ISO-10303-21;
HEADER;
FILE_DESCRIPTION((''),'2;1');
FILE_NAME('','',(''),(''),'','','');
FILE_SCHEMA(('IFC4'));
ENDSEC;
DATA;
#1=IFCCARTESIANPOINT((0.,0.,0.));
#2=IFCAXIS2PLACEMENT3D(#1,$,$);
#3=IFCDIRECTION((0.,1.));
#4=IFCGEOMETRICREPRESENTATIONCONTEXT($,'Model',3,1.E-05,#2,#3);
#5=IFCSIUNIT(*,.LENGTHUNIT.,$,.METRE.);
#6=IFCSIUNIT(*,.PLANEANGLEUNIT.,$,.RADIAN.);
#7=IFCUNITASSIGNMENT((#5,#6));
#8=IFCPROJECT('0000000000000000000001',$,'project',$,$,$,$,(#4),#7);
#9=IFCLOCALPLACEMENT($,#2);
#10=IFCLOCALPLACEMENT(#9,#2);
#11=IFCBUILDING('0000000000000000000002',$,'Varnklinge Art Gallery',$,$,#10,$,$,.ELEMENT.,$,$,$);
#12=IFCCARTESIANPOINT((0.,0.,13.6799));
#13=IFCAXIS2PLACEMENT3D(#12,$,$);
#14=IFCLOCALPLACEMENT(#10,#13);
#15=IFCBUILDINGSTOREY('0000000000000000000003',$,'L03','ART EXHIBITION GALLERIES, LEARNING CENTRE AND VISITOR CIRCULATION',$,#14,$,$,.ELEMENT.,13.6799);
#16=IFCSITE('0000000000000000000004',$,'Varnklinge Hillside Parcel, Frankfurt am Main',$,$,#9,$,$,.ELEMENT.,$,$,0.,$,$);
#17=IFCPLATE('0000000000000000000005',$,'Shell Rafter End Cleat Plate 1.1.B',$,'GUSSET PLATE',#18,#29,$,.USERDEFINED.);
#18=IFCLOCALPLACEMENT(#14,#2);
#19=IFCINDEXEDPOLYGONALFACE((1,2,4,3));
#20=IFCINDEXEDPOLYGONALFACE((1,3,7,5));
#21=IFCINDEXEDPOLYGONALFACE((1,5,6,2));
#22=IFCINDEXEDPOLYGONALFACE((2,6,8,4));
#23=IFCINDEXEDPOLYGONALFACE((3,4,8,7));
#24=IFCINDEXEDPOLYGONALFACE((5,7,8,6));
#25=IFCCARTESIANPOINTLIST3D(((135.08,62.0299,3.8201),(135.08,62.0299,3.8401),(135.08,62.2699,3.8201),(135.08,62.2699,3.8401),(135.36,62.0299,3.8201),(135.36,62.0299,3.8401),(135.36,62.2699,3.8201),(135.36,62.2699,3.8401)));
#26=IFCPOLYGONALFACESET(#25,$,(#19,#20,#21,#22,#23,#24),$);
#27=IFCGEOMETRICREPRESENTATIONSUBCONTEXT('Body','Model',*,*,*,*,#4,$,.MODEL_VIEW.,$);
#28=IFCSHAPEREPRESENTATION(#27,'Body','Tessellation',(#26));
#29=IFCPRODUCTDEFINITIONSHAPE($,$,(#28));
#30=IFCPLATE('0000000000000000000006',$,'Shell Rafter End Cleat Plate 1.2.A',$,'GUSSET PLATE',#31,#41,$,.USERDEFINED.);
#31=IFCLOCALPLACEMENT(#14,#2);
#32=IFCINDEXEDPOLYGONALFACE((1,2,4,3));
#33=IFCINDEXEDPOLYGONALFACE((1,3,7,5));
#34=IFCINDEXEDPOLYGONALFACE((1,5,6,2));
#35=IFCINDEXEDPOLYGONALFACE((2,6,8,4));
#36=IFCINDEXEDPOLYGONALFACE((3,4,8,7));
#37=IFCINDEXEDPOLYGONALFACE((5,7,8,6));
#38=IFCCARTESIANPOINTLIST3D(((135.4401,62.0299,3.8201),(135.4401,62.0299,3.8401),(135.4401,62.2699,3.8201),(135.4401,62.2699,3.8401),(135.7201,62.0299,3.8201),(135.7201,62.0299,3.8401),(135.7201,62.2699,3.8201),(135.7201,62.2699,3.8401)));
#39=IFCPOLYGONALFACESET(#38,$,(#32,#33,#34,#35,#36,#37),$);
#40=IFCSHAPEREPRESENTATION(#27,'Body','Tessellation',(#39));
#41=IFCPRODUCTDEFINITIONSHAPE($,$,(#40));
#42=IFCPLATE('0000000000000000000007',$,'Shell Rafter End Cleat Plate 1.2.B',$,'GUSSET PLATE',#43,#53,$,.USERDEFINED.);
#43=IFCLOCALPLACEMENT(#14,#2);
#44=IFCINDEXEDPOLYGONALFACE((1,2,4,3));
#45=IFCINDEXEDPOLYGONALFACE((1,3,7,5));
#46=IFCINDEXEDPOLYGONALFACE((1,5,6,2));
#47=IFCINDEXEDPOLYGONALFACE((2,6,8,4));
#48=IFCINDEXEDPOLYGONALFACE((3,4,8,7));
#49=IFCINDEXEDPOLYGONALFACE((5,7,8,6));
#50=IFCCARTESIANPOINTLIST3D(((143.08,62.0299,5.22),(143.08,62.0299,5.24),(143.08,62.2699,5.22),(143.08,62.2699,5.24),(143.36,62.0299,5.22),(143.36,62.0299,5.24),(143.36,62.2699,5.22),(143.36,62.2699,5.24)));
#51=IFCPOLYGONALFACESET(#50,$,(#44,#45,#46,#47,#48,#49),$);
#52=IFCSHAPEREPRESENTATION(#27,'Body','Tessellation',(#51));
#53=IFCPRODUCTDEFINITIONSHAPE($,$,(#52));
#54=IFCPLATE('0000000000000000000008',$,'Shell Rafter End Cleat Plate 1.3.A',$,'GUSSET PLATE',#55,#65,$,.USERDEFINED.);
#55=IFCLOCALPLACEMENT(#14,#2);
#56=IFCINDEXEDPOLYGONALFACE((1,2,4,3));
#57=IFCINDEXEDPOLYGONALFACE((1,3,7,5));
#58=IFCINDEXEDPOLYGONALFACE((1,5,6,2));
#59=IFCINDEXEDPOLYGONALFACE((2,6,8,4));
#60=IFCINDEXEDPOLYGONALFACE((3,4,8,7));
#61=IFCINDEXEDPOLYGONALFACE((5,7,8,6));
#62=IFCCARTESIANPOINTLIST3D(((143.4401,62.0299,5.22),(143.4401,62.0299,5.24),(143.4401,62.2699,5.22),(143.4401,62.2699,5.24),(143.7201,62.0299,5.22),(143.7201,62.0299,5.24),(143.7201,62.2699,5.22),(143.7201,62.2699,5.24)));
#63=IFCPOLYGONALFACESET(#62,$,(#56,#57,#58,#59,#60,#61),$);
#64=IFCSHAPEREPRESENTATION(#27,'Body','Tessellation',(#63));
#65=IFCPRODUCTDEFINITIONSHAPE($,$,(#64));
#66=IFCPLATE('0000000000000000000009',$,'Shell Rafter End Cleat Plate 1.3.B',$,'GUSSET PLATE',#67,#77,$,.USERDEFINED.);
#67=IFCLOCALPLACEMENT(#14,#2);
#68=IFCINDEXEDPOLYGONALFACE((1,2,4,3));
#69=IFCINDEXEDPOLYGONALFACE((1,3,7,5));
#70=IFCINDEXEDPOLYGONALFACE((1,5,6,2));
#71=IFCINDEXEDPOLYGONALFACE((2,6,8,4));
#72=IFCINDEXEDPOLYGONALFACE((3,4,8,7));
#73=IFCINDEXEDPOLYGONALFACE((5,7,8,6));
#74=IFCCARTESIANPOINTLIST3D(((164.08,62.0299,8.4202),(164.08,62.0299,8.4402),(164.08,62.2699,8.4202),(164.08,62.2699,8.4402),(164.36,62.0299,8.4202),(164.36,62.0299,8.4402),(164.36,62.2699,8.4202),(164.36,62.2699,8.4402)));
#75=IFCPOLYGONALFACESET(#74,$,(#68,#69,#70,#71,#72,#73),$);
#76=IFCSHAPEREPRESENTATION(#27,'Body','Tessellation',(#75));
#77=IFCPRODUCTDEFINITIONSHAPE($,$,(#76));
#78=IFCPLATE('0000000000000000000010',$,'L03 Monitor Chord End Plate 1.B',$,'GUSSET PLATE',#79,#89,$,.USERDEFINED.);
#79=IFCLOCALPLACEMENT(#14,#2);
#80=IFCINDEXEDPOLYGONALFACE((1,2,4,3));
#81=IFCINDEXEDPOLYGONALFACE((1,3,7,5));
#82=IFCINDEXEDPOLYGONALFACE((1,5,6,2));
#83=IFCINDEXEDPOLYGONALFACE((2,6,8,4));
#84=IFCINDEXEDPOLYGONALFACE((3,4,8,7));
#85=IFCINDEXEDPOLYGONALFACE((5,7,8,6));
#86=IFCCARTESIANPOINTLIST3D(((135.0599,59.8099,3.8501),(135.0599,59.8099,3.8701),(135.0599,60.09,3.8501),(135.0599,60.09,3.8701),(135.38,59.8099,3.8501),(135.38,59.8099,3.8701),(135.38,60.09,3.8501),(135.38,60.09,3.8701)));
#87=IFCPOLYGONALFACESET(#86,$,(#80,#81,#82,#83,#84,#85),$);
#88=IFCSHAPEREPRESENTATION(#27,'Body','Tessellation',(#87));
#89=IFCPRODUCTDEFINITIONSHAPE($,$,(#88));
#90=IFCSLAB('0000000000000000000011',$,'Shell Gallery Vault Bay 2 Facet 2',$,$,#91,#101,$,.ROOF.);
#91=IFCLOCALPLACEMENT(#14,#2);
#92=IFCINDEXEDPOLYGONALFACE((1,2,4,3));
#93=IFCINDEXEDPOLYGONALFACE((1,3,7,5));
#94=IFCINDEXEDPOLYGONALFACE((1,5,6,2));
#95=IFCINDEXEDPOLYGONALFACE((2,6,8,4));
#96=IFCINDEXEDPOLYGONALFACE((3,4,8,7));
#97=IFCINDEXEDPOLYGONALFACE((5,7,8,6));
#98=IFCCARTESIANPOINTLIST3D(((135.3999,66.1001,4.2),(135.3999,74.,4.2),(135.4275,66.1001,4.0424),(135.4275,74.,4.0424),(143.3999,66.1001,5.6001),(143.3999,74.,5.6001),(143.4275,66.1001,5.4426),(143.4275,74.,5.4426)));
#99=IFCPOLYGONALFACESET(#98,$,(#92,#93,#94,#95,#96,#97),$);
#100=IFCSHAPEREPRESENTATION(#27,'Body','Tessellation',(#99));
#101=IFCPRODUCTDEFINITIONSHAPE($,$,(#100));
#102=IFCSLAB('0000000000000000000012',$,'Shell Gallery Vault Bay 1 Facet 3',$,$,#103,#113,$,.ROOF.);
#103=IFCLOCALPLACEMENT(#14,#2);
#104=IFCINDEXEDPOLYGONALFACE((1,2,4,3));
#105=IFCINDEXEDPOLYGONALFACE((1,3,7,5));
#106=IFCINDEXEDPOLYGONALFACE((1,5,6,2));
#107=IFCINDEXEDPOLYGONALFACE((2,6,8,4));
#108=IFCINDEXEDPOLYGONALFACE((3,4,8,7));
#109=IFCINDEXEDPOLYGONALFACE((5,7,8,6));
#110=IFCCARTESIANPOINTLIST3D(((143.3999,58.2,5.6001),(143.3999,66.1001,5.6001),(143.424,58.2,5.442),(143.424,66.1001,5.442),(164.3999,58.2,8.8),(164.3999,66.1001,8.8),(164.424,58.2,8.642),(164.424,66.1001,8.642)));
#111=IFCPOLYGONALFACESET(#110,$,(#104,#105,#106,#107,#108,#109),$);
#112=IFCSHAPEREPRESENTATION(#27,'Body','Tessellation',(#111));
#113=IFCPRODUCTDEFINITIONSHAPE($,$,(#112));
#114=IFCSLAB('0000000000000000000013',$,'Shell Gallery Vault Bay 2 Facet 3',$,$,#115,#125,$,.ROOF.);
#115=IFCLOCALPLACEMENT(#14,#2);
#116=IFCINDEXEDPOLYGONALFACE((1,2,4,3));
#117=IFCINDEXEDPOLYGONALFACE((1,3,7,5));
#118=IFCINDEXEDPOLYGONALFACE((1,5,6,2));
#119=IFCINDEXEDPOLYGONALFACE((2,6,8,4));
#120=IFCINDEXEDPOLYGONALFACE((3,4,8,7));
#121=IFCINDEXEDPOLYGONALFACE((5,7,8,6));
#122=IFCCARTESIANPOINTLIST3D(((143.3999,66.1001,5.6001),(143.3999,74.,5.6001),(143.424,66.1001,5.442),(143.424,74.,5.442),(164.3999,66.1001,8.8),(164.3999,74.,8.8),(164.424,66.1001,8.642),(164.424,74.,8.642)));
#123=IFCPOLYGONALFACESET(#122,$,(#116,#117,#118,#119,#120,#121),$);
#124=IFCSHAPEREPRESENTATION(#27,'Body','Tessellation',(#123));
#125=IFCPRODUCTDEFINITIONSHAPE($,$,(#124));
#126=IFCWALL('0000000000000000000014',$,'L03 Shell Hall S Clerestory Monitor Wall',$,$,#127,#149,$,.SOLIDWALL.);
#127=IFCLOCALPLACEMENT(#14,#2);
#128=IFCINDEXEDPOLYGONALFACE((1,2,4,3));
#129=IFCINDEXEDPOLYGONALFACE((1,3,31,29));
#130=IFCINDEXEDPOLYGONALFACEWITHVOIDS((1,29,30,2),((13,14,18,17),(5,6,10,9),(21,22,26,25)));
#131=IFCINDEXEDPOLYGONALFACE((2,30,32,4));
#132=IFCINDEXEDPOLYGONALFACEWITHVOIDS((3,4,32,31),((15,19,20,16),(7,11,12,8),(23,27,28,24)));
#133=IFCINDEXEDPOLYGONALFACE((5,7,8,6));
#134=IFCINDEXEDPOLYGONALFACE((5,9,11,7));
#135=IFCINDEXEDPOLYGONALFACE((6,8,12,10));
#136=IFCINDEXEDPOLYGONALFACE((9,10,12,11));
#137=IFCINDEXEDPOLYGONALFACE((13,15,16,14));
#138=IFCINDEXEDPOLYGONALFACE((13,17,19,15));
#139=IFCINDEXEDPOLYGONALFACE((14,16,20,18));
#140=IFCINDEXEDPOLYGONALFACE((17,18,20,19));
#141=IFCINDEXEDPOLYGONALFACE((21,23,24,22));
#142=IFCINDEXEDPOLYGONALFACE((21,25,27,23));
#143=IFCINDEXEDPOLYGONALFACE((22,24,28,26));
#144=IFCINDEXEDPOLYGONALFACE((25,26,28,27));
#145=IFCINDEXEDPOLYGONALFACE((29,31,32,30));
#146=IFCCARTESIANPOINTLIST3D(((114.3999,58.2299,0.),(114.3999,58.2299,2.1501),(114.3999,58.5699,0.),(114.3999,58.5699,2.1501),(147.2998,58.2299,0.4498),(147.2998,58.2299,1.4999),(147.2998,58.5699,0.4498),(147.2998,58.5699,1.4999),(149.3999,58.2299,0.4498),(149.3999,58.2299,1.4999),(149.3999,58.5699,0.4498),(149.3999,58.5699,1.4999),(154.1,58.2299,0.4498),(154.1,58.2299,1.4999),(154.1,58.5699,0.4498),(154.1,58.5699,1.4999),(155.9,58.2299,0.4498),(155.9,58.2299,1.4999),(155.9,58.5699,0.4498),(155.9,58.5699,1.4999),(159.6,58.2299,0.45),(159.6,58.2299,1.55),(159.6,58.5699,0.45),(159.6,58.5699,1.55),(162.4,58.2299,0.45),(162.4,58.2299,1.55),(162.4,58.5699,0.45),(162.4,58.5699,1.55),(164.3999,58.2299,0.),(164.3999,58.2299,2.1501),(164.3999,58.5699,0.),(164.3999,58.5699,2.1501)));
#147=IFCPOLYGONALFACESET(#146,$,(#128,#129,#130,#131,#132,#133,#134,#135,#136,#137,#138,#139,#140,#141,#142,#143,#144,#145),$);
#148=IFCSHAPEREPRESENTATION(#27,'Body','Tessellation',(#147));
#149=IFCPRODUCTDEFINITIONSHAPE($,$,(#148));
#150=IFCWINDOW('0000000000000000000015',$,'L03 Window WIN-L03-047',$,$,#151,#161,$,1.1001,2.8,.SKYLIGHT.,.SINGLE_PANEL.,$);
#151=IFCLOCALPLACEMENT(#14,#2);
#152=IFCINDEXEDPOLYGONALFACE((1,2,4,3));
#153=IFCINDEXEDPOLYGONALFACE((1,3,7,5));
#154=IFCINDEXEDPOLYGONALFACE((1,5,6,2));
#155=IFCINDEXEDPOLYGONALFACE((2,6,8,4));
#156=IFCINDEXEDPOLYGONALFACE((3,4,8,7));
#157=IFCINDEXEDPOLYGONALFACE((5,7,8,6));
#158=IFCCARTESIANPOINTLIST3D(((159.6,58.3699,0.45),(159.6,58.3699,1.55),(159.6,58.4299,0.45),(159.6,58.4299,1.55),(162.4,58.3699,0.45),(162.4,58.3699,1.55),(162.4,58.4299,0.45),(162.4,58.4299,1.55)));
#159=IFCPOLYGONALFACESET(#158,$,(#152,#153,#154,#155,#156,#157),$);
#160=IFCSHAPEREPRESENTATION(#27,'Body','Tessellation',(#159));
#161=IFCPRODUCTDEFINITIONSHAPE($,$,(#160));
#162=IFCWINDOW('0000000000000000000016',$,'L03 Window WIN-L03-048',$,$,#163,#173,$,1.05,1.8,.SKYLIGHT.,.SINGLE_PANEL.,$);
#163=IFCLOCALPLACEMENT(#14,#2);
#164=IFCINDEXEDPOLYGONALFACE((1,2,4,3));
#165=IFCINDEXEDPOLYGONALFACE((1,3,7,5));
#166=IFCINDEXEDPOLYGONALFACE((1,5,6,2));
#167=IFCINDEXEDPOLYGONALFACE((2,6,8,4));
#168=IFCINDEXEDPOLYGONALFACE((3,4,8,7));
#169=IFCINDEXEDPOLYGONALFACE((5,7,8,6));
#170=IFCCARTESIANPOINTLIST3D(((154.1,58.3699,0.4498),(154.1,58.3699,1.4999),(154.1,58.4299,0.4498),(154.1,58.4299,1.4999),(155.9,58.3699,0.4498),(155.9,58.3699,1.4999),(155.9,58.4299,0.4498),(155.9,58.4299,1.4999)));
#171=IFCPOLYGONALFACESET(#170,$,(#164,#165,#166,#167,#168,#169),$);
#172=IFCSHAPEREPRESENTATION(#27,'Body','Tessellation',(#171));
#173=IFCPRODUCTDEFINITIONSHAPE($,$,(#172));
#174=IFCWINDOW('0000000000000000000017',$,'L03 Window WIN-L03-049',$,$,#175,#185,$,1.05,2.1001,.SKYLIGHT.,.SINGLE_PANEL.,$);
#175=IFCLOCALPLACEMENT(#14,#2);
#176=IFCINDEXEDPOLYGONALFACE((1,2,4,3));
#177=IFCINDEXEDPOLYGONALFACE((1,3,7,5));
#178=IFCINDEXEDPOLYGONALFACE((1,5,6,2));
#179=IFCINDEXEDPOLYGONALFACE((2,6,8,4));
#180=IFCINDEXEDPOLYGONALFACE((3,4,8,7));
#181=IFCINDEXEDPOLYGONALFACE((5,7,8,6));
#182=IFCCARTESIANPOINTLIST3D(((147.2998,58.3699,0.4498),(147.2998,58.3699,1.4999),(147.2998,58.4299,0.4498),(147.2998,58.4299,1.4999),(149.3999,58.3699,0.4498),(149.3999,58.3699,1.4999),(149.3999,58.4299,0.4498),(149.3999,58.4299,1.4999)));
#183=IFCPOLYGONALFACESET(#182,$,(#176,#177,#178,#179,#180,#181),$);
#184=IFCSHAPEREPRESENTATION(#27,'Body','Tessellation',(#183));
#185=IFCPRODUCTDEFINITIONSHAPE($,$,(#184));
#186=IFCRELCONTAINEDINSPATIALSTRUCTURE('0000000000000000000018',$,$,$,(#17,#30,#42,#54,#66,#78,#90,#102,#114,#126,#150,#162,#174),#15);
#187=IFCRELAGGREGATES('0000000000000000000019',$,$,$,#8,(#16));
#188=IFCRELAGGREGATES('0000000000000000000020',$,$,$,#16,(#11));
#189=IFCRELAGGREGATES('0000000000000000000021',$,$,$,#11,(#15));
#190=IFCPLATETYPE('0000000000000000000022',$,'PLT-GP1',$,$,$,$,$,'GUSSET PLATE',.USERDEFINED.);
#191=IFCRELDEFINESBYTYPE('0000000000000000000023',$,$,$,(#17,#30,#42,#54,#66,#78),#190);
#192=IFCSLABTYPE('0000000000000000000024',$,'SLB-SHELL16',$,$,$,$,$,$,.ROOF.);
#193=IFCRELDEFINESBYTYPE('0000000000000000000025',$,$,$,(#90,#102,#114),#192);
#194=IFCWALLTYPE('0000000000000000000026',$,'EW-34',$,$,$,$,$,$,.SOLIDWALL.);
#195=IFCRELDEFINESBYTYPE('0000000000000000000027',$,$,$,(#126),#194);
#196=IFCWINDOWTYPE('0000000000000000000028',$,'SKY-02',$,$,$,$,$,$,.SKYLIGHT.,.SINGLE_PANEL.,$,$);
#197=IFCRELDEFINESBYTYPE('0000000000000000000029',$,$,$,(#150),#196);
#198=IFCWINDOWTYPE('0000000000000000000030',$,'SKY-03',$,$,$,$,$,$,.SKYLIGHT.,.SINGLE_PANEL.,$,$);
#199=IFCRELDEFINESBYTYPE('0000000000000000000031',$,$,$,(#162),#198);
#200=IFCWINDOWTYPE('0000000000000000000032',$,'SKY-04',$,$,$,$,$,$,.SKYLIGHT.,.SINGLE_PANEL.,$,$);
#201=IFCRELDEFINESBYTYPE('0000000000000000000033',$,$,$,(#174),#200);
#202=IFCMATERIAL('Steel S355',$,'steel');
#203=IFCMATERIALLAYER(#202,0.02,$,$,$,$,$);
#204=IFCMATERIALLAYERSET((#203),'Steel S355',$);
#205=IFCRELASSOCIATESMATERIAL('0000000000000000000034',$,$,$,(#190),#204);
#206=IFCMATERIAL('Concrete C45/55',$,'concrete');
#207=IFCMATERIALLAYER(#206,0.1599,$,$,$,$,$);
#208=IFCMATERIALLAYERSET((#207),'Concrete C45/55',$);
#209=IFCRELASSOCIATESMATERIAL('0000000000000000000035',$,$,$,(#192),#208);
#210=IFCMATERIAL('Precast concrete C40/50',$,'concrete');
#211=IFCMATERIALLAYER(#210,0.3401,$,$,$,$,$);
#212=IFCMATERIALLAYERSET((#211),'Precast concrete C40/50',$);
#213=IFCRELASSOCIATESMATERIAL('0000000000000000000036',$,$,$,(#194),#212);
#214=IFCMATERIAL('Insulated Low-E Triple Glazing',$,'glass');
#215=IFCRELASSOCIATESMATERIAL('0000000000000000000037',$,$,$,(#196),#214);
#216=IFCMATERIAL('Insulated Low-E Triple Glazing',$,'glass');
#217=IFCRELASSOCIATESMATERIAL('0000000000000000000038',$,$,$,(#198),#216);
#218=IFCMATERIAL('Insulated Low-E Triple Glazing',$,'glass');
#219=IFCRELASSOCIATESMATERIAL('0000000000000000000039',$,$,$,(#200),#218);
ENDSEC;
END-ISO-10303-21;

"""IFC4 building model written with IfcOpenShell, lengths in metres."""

from ifc_helpers import new_model, si_unit, direction, frame, frame_2d, origin, origin_2d, place, context, subcontext, project, spatial, polyline, rectangle, outline, extrude, material, layer, layer_set, type_object, element, fill, save


model = new_model("IFC4")

# Units and contexts
model_context = context("Model", 3, precision=1e-05, world=origin(), true_north=direction((0.0, 1.0)))
body_context = subcontext(model_context, "Body", "Model", "MODEL_VIEW")
ifc_project = project(units=[si_unit("LENGTHUNIT", "METRE"), si_unit("PLANEANGLEUNIT", "RADIAN")], contexts=[model_context])

# Site, building, storey
site_placement = place(None, origin())
site = spatial("IfcSite", under=ifc_project, at=site_placement, Name="Varnklinge Hillside Parcel, Frankfurt am Main", CompositionType="ELEMENT", RefElevation=0.0)
building_placement = place(site_placement, origin())
building = spatial("IfcBuilding", under=site, at=building_placement, Name="Varnklinge Art Gallery", CompositionType="ELEMENT")
storey_placement = place(building_placement, frame((0.0, 0.0, 13.6799)))
storey = spatial("IfcBuildingStorey", under=building, at=storey_placement, Name="L03", Description="ART EXHIBITION GALLERIES, LEARNING CENTRE AND VISITOR CIRCULATION", CompositionType="ELEMENT", Elevation=13.6799)

# Plates
ifc_material_1 = material(Name="Steel S355", Category="steel")
ifc_layer_1 = layer(ifc_material_1, 0.02)
ifc_layer_set_1 = layer_set([ifc_layer_1], Name="Steel S355")
plate_type = type_object("IfcPlateType", Name="PLT-GP1", ElementType="GUSSET PLATE", PredefinedType="USERDEFINED", material=ifc_layer_set_1)
for number, where, z_axis, x_axis, name in (
    (1, (135.22, 62.1499, 3.8201), (0.0, 0.0, 1.0), (1.0, 0.0, 0.0), "Shell Rafter End Cleat Plate 1.1.B"),
    (2, (135.5801, 62.1499, 3.8201), (0.0, 0.0, 1.0), (1.0, 0.0, 0.0), "Shell Rafter End Cleat Plate 1.2.A"),
    (3, (143.22, 62.1499, 5.22), (0.0, 0.0, 1.0), (1.0, 0.0, 0.0), "Shell Rafter End Cleat Plate 1.2.B"),
    (4, (143.5801, 62.1499, 5.22), (0.0, 0.0, 1.0), (1.0, 0.0, 0.0), "Shell Rafter End Cleat Plate 1.3.A"),
    (5, (164.22, 62.1499, 8.4202), (0.0, 0.0, 1.0), (1.0, 0.0, 0.0), "Shell Rafter End Cleat Plate 1.3.B"),
):
    element("IfcPlate", number, at=place(storey_placement, frame(where, z_axis=z_axis, x_axis=x_axis)), inside=storey, type_object=plate_type, Name=name, ObjectType="GUSSET PLATE", PredefinedType="USERDEFINED", context=body_context, shape_type="SweptSolid", body=[
        extrude(rectangle(XDim=0.28, YDim=0.24, at=origin_2d()), origin(), (0.0, 0.0, 1.0), 0.02),
    ])
plate_placement = place(storey_placement, frame((135.22, 59.95, 3.8501), z_axis=(0.0, 0.0, 1.0), x_axis=(1.0, 0.0, 0.0)))
element("IfcPlate", 6, at=plate_placement, inside=storey, type_object=plate_type, Name="L03 Monitor Chord End Plate 1.B", ObjectType="GUSSET PLATE", PredefinedType="USERDEFINED", context=body_context, shape_type="SweptSolid", body=[
    extrude(rectangle(XDim=0.3201, YDim=0.28, at=origin_2d()), origin(), (0.0, 0.0, 1.0), 0.02),
])

# Slabs
ifc_material_2 = material(Name="Concrete C45/55", Category="concrete")
ifc_layer_2 = layer(ifc_material_2, 0.1599)
ifc_layer_set_2 = layer_set([ifc_layer_2], Name="Concrete C45/55")
slab_type = type_object("IfcSlabType", Name="SLB-SHELL16", PredefinedType="ROOF", material=ifc_layer_set_2)
slab_1_placement = place(storey_placement, frame((135.3999, 66.1001, 4.2), z_axis=(-0.172398, 0.0, 0.985027), x_axis=(0.985027, 0.0, 0.172398)))
element("IfcSlab", 7, at=slab_1_placement, inside=storey, type_object=slab_type, Name="Shell Gallery Vault Bay 2 Facet 2", PredefinedType="ROOF", context=body_context, shape_type="SweptSolid", body=[
    extrude(outline(polyline([(0.0, 0.0), (8.1216, 0.0), (8.1216, 7.8999), (0.0, 7.8999), (0.0, 0.0)])), origin(), (0.0, 0.0, -1.0), 0.1599),
])
slab_2_placement = place(storey_placement, frame((143.3999, 58.2, 5.6001), z_axis=(-0.15064, 0.0, 0.988589), x_axis=(0.988589, 0.0, 0.15064)))
element("IfcSlab", 8, at=slab_2_placement, inside=storey, type_object=slab_type, Name="Shell Gallery Vault Bay 1 Facet 3", PredefinedType="ROOF", context=body_context, shape_type="SweptSolid", body=[
    extrude(outline(polyline([(0.0, 0.0), (21.2424, 0.0), (21.2424, 7.9001), (0.0, 7.9001), (0.0, 0.0)])), origin(), (0.0, 0.0, -1.0), 0.1599),
])
slab_3_placement = place(storey_placement, frame((143.3999, 66.1001, 5.6001), z_axis=(-0.15064, 0.0, 0.988589), x_axis=(0.988589, 0.0, 0.15064)))
element("IfcSlab", 9, at=slab_3_placement, inside=storey, type_object=slab_type, Name="Shell Gallery Vault Bay 2 Facet 3", PredefinedType="ROOF", context=body_context, shape_type="SweptSolid", body=[
    extrude(outline(polyline([(0.0, 0.0), (21.2424, 0.0), (21.2424, 7.8999), (0.0, 7.8999), (0.0, 0.0)])), origin(), (0.0, 0.0, -1.0), 0.1599),
])

# Wall, openings, windows
ifc_material_3 = material(Name="Precast concrete C40/50", Category="concrete")
ifc_layer_3 = layer(ifc_material_3, 0.3401)
ifc_layer_set_3 = layer_set([ifc_layer_3], Name="Precast concrete C40/50")
wall_type = type_object("IfcWallType", Name="EW-34", PredefinedType="SOLIDWALL", material=ifc_layer_set_3)
wall_placement = place(storey_placement, frame((164.3999, 58.3999, 0.0), z_axis=(0.0, 0.0, 1.0), x_axis=(-1.0, 0.0, 0.0)))
wall = element("IfcWall", 10, at=wall_placement, inside=storey, type_object=wall_type, Name="L03 Shell Hall S Clerestory Monitor Wall", PredefinedType="SOLIDWALL", context=body_context, shape_type="SweptSolid", body=[
    extrude(rectangle(XDim=50.0, YDim=0.3401, at=frame_2d((25.0, 0.0))), origin(), (0.0, 0.0, 1.0), 2.1501),
])
opening_1_placement = place(wall_placement, frame((2.0, 0.0, 0.45)))
opening_1 = element("IfcOpeningElement", 11, at=opening_1_placement, cuts=wall, PredefinedType="OPENING", context=body_context, shape_type="SweptSolid", body=[
    extrude(rectangle(XDim=2.8, YDim=1.1001, at=frame_2d((1.3999, 0.55))), frame((0.0, 0.1799, 0.0), z_axis=(0.0, -1.0, 0.0), x_axis=(1.0, 0.0, 0.0)), (0.0, 0.0, 1.0), 0.3601),
])
opening_2_placement = place(wall_placement, frame((8.5, 0.0, 0.45)))
opening_2 = element("IfcOpeningElement", 12, at=opening_2_placement, cuts=wall, PredefinedType="OPENING", context=body_context, shape_type="SweptSolid", body=[
    extrude(rectangle(XDim=1.8, YDim=1.05, at=frame_2d((0.8999, 0.5249))), frame((0.0, 0.1799, 0.0), z_axis=(0.0, -1.0, 0.0), x_axis=(1.0, 0.0, 0.0)), (0.0, 0.0, 1.0), 0.3601),
])
opening_3_placement = place(wall_placement, frame((15.0, 0.0, 0.45)))
opening_3 = element("IfcOpeningElement", 13, at=opening_3_placement, cuts=wall, PredefinedType="OPENING", context=body_context, shape_type="SweptSolid", body=[
    extrude(rectangle(XDim=2.1001, YDim=1.05, at=frame_2d((1.05, 0.5249))), frame((0.0, 0.1799, 0.0), z_axis=(0.0, -1.0, 0.0), x_axis=(1.0, 0.0, 0.0)), (0.0, 0.0, 1.0), 0.3601),
])
ifc_material_4 = material(Name="Insulated Low-E Triple Glazing", Category="glass")
window_type_1 = type_object("IfcWindowType", Name="SKY-02", PartitioningType="SINGLE_PANEL", PredefinedType="SKYLIGHT", material=ifc_material_4)
window_1_placement = place(opening_1_placement, origin())
window_1 = element("IfcWindow", 14, at=window_1_placement, inside=storey, type_object=window_type_1, Name="L03 Window WIN-L03-047", OverallHeight=1.1001, OverallWidth=2.8, PartitioningType="SINGLE_PANEL", PredefinedType="SKYLIGHT", context=body_context, shape_type="SweptSolid", body=[
    extrude(rectangle(XDim=2.8, YDim=1.1001, at=frame_2d((1.3999, 0.55))), frame((0.0, 0.03, 0.0), z_axis=(0.0, -1.0, 0.0), x_axis=(1.0, 0.0, 0.0)), (0.0, 0.0, 1.0), 0.0601),
])
fill(opening_1, window_1)
ifc_material_5 = material(Name="Insulated Low-E Triple Glazing", Category="glass")
window_type_2 = type_object("IfcWindowType", Name="SKY-03", PartitioningType="SINGLE_PANEL", PredefinedType="SKYLIGHT", material=ifc_material_5)
window_2_placement = place(opening_2_placement, origin())
window_2 = element("IfcWindow", 15, at=window_2_placement, inside=storey, type_object=window_type_2, Name="L03 Window WIN-L03-048", OverallHeight=1.05, OverallWidth=1.8, PartitioningType="SINGLE_PANEL", PredefinedType="SKYLIGHT", context=body_context, shape_type="SweptSolid", body=[
    extrude(rectangle(XDim=1.8, YDim=1.05, at=frame_2d((0.8999, 0.5249))), frame((0.0, 0.03, 0.0), z_axis=(0.0, -1.0, 0.0), x_axis=(1.0, 0.0, 0.0)), (0.0, 0.0, 1.0), 0.0601),
])
fill(opening_2, window_2)
ifc_material_6 = material(Name="Insulated Low-E Triple Glazing", Category="glass")
window_type_3 = type_object("IfcWindowType", Name="SKY-04", PartitioningType="SINGLE_PANEL", PredefinedType="SKYLIGHT", material=ifc_material_6)
window_3_placement = place(opening_3_placement, origin())
window_3 = element("IfcWindow", 16, at=window_3_placement, inside=storey, type_object=window_type_3, Name="L03 Window WIN-L03-049", OverallHeight=1.05, OverallWidth=2.1001, PartitioningType="SINGLE_PANEL", PredefinedType="SKYLIGHT", context=body_context, shape_type="SweptSolid", body=[
    extrude(rectangle(XDim=2.1001, YDim=1.05, at=frame_2d((1.05, 0.5249))), frame((0.0, 0.03, 0.0), z_axis=(0.0, -1.0, 0.0), x_axis=(1.0, 0.0, 0.0)), (0.0, 0.0, 1.0), 0.0601),
])
fill(opening_3, window_3)

save(model, "model.ifc")
